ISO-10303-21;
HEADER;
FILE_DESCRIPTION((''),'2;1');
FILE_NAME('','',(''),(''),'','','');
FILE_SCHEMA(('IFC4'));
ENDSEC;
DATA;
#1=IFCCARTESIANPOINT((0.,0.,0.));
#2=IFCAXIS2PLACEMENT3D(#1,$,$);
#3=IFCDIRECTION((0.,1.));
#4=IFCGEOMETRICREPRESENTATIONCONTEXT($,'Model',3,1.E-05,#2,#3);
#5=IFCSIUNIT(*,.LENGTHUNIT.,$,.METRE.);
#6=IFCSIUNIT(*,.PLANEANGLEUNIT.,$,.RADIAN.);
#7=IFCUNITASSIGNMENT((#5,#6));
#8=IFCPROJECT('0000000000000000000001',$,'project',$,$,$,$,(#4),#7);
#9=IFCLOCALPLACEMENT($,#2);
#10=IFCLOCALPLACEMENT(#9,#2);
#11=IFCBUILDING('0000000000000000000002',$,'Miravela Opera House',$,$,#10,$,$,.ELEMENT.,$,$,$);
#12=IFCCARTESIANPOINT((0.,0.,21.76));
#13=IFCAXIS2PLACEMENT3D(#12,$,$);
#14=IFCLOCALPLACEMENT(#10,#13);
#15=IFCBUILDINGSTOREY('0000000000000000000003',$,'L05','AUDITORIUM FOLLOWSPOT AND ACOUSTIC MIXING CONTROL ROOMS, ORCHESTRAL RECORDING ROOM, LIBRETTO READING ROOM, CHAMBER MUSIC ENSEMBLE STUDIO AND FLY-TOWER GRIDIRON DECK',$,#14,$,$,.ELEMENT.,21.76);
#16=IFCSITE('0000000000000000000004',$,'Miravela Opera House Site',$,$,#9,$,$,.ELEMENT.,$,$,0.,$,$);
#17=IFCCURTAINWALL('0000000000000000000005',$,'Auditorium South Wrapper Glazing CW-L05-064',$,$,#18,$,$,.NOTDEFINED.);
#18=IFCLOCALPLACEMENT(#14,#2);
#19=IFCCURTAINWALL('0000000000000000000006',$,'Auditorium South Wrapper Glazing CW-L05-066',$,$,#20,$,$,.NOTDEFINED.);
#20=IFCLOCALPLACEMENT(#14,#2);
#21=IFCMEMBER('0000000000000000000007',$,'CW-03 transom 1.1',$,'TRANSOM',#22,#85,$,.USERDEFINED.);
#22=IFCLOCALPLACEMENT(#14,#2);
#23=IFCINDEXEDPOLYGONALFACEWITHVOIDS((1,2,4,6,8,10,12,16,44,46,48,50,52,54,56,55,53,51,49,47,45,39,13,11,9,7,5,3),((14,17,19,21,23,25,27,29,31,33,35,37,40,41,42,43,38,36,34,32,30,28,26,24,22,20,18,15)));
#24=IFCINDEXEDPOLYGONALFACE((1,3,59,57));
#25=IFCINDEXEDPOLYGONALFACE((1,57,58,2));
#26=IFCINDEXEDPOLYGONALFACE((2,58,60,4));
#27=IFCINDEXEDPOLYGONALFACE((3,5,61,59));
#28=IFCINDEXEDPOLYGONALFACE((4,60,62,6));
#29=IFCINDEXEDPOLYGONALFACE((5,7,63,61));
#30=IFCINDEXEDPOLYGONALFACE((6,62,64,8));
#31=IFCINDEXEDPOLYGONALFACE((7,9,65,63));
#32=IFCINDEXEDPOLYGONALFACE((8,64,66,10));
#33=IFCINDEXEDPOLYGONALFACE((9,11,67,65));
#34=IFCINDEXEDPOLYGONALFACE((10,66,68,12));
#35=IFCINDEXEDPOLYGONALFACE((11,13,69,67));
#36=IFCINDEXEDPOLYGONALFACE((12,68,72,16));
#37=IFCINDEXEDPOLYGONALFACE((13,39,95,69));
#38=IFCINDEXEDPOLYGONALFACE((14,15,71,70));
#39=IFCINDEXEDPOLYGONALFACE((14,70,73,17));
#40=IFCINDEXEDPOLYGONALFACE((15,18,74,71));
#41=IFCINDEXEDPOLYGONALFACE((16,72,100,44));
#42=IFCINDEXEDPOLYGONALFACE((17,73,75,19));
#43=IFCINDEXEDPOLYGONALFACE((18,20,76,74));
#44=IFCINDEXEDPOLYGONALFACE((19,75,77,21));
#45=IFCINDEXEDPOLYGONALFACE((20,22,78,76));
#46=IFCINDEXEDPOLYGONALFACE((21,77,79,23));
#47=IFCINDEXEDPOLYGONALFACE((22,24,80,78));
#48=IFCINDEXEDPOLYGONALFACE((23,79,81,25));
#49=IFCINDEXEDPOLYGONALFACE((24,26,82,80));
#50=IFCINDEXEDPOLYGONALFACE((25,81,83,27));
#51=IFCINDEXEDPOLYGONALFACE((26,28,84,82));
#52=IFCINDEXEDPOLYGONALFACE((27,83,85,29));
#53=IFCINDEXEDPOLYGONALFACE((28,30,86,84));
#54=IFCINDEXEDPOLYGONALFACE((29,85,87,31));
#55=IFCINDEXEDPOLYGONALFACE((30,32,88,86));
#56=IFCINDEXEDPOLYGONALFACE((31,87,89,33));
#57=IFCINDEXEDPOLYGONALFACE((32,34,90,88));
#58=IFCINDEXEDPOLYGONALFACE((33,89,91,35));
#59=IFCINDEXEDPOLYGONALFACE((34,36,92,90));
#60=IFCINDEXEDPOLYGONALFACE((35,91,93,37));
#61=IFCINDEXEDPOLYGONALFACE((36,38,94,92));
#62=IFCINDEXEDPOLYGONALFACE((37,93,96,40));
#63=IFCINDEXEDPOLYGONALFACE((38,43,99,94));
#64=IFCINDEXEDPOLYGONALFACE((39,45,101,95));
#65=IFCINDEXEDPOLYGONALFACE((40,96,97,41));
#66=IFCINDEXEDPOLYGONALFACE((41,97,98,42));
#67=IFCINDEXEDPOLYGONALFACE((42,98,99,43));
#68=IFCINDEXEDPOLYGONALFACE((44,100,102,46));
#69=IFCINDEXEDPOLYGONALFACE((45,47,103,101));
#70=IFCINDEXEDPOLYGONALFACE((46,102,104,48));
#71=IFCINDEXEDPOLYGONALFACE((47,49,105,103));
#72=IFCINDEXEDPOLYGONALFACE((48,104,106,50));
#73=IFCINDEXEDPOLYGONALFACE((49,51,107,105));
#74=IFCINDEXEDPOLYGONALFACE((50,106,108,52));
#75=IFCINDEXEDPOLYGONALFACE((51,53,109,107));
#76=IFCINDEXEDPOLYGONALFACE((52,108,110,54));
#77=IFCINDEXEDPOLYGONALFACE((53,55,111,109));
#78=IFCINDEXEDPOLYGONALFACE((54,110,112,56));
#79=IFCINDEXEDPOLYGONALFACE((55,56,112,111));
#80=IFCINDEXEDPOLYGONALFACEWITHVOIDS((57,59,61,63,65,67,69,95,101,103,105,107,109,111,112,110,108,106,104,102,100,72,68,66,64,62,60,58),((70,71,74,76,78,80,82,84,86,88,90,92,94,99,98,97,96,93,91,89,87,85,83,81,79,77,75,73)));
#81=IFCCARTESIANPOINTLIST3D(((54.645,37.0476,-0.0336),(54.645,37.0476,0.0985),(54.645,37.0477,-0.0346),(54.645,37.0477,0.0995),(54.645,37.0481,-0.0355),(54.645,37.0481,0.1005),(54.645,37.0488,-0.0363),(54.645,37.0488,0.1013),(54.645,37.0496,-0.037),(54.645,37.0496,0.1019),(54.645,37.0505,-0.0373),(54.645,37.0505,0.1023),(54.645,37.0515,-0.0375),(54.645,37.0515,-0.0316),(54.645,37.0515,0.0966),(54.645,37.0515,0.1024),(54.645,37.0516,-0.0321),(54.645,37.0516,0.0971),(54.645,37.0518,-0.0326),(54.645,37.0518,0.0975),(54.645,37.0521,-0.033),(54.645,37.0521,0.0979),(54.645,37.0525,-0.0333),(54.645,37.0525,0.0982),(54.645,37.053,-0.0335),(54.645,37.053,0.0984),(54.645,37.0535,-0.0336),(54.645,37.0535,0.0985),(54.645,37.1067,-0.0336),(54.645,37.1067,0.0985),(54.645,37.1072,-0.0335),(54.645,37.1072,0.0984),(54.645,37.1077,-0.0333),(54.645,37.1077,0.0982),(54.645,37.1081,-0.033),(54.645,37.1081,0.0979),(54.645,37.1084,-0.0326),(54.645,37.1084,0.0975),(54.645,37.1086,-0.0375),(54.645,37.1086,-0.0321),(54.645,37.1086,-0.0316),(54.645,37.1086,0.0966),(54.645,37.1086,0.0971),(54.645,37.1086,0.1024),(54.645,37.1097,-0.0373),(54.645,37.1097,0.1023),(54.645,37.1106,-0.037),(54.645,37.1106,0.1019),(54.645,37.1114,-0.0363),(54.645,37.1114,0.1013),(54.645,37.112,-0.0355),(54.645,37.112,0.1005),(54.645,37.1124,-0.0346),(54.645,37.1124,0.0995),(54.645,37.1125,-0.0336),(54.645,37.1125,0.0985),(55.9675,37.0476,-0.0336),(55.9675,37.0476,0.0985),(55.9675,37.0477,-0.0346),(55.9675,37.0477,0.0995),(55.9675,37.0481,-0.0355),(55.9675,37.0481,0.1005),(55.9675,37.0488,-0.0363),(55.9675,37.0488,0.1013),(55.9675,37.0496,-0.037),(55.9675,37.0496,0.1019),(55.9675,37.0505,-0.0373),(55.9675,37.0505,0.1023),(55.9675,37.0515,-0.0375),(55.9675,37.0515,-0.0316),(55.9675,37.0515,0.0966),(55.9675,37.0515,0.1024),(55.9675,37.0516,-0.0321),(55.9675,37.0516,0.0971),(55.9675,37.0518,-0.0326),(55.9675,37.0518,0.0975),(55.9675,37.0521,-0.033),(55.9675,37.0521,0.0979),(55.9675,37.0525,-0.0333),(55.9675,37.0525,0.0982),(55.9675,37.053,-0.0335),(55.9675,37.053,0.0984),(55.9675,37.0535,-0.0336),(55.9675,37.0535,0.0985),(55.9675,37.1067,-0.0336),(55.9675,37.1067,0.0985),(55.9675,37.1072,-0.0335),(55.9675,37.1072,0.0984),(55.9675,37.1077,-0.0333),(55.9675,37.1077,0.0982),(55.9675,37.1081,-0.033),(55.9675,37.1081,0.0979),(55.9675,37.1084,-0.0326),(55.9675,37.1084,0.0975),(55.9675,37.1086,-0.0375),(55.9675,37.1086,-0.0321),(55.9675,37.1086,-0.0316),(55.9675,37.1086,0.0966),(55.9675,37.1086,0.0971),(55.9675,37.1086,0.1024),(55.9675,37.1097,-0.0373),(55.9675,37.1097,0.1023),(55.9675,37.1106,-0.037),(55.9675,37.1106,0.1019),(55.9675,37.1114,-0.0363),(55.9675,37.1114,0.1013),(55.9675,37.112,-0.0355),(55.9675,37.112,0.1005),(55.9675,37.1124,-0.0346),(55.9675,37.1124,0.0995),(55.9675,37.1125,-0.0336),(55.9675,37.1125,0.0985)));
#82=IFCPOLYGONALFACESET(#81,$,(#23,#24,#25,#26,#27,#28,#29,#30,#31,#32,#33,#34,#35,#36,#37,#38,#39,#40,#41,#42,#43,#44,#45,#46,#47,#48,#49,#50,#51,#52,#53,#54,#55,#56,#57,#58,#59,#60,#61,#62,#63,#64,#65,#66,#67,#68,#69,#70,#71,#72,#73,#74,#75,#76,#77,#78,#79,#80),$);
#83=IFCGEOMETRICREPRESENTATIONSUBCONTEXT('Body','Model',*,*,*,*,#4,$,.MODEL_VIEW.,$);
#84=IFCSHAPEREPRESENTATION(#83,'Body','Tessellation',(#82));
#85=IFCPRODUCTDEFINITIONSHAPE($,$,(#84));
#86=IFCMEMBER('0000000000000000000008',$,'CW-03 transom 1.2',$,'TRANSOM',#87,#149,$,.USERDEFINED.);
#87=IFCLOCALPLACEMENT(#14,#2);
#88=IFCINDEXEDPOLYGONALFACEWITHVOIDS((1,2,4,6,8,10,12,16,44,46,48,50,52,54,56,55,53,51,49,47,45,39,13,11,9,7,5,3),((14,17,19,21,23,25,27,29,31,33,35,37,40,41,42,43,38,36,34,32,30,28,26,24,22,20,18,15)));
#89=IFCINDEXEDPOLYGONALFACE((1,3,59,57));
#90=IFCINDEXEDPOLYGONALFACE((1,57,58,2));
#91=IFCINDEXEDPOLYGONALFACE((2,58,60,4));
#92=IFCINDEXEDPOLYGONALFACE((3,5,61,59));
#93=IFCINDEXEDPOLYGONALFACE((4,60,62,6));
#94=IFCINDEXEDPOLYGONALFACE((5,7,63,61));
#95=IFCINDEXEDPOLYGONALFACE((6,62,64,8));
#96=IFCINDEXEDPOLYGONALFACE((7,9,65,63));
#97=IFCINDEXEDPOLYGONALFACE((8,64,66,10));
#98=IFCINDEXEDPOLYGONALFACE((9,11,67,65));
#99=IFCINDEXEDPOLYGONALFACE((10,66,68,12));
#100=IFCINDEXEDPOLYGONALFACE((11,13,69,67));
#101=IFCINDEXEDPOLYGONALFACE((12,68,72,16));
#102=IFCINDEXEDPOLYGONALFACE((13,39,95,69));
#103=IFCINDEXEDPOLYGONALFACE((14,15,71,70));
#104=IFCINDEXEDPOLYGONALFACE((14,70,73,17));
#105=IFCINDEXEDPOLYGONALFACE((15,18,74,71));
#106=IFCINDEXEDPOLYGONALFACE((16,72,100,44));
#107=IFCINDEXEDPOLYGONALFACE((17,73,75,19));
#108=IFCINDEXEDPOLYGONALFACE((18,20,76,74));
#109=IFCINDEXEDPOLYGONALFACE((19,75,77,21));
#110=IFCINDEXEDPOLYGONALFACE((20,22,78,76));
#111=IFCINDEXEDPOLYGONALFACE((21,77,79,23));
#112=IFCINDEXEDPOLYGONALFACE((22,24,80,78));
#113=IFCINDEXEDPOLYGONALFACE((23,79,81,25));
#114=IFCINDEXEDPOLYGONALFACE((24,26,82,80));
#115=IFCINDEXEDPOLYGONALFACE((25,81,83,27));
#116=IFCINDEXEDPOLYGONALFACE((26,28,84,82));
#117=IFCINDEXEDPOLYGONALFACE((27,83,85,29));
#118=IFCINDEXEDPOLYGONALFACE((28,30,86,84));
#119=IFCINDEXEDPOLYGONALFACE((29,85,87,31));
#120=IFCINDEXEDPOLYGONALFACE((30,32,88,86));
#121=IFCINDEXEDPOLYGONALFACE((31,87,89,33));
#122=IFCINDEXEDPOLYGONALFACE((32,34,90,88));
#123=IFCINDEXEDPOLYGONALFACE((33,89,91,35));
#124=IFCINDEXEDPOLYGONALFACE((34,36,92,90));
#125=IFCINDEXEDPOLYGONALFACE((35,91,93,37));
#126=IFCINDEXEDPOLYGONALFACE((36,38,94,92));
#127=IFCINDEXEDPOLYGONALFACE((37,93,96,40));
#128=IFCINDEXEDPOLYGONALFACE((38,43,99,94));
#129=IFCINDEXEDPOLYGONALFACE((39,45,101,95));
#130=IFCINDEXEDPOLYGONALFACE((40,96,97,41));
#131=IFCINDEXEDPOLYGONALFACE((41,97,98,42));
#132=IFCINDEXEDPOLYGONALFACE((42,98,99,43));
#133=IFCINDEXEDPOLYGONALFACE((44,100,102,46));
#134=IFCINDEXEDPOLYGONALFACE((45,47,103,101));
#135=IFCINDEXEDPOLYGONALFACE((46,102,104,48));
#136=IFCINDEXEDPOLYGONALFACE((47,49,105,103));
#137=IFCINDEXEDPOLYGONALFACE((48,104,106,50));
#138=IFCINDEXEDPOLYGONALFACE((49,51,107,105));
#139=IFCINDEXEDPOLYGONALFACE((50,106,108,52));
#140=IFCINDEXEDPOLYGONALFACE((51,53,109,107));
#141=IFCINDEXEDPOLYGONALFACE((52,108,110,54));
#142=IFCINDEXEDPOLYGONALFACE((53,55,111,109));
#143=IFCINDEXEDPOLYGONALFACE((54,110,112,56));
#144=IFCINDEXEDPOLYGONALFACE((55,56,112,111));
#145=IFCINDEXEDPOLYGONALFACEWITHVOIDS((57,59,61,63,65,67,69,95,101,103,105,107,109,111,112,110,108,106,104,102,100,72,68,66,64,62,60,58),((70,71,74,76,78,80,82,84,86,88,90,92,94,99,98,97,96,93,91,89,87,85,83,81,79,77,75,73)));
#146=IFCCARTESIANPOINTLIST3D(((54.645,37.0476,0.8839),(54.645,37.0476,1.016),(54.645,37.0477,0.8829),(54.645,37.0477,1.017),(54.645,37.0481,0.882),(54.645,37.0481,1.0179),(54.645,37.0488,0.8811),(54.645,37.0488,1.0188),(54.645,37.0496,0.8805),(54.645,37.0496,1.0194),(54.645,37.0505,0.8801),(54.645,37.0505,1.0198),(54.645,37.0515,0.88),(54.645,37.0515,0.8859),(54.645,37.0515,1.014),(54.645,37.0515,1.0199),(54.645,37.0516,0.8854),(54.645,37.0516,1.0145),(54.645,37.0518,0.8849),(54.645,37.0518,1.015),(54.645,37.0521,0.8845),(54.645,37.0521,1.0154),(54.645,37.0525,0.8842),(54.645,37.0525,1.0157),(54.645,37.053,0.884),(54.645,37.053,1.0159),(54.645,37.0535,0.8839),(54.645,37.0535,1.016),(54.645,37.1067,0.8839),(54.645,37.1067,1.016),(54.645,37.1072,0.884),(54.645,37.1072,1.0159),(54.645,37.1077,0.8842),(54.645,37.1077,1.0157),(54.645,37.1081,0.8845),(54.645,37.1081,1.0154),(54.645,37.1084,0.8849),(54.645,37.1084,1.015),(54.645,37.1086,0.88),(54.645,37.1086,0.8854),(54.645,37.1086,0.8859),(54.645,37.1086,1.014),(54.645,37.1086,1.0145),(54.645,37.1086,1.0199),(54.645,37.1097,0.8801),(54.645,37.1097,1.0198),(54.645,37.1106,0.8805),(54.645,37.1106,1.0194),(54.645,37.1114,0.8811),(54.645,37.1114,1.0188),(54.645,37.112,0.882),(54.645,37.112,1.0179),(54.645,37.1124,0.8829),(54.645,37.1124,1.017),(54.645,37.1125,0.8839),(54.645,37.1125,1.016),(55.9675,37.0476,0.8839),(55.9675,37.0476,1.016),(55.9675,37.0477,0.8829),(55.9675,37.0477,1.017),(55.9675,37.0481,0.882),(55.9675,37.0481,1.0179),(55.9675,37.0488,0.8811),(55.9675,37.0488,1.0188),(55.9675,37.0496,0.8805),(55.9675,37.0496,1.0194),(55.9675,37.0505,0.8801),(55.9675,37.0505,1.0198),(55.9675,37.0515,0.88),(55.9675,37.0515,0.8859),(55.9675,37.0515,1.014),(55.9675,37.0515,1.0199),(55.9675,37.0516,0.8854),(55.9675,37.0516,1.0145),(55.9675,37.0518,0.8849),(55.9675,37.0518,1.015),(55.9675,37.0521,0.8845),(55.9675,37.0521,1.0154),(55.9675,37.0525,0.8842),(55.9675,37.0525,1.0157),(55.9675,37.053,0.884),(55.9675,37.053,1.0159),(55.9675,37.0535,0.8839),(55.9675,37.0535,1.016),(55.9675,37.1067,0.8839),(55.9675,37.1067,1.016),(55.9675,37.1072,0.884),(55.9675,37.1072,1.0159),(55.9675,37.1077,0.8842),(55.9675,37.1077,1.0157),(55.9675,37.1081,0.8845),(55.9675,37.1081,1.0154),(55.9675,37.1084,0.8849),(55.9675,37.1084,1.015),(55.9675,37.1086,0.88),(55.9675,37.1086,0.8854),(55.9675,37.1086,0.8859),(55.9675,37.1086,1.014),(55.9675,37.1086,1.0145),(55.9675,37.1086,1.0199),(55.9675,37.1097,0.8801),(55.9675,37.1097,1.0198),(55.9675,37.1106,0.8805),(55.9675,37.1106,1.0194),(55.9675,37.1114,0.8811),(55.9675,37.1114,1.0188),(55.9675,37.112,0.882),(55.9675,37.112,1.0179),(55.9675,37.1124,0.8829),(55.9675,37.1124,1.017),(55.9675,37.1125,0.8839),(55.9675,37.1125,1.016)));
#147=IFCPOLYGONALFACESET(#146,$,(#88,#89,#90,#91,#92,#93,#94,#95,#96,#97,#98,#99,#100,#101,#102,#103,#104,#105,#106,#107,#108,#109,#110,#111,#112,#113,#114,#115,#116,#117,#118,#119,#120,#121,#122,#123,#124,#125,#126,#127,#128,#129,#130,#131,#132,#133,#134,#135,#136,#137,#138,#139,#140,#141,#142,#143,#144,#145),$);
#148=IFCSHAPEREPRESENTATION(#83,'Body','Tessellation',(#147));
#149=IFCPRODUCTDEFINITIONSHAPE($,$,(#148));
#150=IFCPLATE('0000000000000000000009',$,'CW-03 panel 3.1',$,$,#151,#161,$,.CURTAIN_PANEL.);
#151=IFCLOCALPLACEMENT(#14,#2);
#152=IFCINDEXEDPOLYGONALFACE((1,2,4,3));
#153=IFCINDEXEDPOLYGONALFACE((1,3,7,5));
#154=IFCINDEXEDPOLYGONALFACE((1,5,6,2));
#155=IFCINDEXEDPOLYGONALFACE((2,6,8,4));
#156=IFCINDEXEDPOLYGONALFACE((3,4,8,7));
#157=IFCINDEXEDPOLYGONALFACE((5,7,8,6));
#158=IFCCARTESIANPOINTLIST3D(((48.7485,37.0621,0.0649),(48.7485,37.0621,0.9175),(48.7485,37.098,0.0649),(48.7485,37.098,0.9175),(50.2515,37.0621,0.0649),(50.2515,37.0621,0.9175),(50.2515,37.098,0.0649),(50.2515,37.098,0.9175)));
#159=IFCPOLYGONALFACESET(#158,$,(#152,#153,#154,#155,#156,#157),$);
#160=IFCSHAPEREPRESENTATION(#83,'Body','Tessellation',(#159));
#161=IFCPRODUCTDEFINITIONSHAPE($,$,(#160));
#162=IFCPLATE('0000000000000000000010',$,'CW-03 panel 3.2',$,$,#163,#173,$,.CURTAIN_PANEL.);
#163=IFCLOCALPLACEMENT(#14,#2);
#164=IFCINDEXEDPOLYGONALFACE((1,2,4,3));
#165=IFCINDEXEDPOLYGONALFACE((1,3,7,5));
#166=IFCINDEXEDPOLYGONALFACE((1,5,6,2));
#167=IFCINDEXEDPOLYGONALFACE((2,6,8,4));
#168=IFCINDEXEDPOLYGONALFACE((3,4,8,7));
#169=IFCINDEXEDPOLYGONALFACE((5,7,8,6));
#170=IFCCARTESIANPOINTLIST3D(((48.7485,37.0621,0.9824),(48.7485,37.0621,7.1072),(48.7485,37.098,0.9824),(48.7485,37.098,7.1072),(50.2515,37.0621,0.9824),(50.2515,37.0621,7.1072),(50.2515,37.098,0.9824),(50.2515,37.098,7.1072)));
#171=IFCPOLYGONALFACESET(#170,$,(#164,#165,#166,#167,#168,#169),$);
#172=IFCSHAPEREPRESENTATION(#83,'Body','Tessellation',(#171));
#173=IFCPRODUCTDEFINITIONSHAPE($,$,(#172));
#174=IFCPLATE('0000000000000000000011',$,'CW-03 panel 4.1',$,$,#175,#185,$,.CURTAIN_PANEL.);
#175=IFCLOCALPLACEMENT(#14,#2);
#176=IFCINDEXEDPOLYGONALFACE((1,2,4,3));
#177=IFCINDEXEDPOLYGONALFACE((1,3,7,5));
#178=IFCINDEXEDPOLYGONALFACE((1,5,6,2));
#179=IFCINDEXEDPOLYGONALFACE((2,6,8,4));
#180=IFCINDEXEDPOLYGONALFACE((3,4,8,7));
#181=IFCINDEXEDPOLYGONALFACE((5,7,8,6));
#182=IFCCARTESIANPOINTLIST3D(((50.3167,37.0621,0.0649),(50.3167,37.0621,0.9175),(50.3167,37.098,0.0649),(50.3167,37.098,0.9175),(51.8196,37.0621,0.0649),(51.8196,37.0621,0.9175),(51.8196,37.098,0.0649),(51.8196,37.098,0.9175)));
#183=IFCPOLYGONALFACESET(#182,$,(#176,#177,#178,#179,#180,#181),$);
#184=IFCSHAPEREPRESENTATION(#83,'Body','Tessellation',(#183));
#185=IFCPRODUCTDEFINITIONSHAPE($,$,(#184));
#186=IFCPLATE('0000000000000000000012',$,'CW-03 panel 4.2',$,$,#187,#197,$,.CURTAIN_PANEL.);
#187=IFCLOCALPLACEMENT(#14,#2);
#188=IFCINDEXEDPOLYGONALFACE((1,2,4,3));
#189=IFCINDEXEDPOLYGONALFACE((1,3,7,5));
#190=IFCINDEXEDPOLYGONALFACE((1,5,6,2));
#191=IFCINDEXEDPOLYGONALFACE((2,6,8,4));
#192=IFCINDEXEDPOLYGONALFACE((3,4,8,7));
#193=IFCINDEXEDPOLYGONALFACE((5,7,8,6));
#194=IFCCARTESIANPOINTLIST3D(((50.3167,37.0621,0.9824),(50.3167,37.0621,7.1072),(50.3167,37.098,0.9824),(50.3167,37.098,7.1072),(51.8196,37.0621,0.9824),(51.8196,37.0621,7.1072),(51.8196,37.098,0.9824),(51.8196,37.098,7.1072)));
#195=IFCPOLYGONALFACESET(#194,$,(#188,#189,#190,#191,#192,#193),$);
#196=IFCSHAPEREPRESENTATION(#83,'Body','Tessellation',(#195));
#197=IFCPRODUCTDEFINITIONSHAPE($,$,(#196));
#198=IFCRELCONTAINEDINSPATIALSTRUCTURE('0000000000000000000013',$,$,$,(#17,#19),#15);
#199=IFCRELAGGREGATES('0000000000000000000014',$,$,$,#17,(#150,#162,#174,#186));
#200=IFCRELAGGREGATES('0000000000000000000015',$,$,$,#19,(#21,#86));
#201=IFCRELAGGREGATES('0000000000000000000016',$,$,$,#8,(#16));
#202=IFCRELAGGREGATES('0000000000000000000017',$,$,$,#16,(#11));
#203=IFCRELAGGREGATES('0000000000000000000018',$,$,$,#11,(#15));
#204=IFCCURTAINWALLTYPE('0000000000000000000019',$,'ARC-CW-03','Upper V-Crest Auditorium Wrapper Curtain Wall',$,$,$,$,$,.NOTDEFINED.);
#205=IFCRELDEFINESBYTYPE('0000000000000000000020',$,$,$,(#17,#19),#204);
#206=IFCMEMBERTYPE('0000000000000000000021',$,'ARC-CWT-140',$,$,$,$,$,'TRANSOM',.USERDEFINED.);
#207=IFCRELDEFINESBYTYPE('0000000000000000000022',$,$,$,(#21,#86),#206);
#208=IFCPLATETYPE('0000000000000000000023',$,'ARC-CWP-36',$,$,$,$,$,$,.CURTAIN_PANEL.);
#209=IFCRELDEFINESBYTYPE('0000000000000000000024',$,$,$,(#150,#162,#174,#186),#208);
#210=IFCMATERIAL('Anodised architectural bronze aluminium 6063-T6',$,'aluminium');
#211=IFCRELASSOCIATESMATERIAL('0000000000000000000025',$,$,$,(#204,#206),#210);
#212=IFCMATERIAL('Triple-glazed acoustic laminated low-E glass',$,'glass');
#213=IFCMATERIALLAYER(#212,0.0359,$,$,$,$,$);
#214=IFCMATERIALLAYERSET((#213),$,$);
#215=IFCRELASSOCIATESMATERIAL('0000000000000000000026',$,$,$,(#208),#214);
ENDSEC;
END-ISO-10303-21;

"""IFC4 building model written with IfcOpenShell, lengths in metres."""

from ifc_helpers import new_model, si_unit, direction, frame, origin, origin_2d, place, context, subcontext, project, spatial, rectangle, hollow_rectangle, extrude, material, layer, layer_set, material_profile, profile_set, type_object, element, aggregate, save


model = new_model("IFC4")

# Units and contexts
model_context = context("Model", 3, precision=1e-05, world=origin(), true_north=direction((0.0, 1.0)))
body_context = subcontext(model_context, "Body", "Model", "MODEL_VIEW")
ifc_project = project(units=[si_unit("LENGTHUNIT", "METRE"), si_unit("PLANEANGLEUNIT", "RADIAN")], contexts=[model_context])

# Site, building, storey
site_placement = place(None, origin())
site = spatial("IfcSite", under=ifc_project, at=site_placement, Name="Miravela Opera House Site", CompositionType="ELEMENT", RefElevation=0.0)
building_placement = place(site_placement, origin())
building = spatial("IfcBuilding", under=site, at=building_placement, Name="Miravela Opera House", CompositionType="ELEMENT")
storey_placement = place(building_placement, frame((0.0, 0.0, 21.76)))
storey = spatial("IfcBuildingStorey", under=building, at=storey_placement, Name="L05", Description="AUDITORIUM FOLLOWSPOT AND ACOUSTIC MIXING CONTROL ROOMS, ORCHESTRAL RECORDING ROOM, LIBRETTO READING ROOM, CHAMBER MUSIC ENSEMBLE STUDIO AND FLY-TOWER GRIDIRON DECK", CompositionType="ELEMENT", Elevation=21.76)

# Curtain wall
ifc_material_1 = material(Name="Anodised architectural bronze aluminium 6063-T6", Category="aluminium")
curtain_wall_type = type_object("IfcCurtainWallType", Name="ARC-CW-03", Description="Upper V-Crest Auditorium Wrapper Curtain Wall", PredefinedType="NOTDEFINED", material=ifc_material_1)
curtain_wall_1_placement = place(storey_placement, origin())
curtain_wall_1 = element("IfcCurtainWall", 1, at=curtain_wall_1_placement, inside=storey, type_object=curtain_wall_type, Name="Auditorium South Wrapper Glazing CW-L05-064", PredefinedType="NOTDEFINED")

# Curtain wall
curtain_wall_2_placement = place(storey_placement, origin())
curtain_wall_2 = element("IfcCurtainWall", 2, at=curtain_wall_2_placement, inside=storey, type_object=curtain_wall_type, Name="Auditorium South Wrapper Glazing CW-L05-066", PredefinedType="NOTDEFINED")

# Members
ifc_material_profile_1 = material_profile(ifc_material_1, hollow_rectangle(XDim=0.0649, YDim=0.1399, WallThickness=0.0039, InnerFilletRadius=0.002, OuterFilletRadius=0.0039, at=origin_2d()), Name="CWT-65X140")
ifc_profile_set_1 = profile_set([ifc_material_profile_1])
member_type_1 = type_object("IfcMemberType", Name="ARC-CWT-140", ElementType="TRANSOM", PredefinedType="USERDEFINED", material=ifc_profile_set_1)
member_1_placement = place(storey_placement, frame((54.645, 37.0801, 0.0325), z_axis=(1.0, 0.0, 0.0), x_axis=(0.0, 1.0, 0.0)))
member_1 = element("IfcMember", 3, at=member_1_placement, type_object=member_type_1, Name="CW-03 transom 1.1", ObjectType="TRANSOM", PredefinedType="USERDEFINED", context=body_context, shape_type="SweptSolid", body=[
    extrude(hollow_rectangle(XDim=0.0649, YDim=0.1399, WallThickness=0.0039, InnerFilletRadius=0.002, OuterFilletRadius=0.0039, at=origin_2d()), origin(), (0.0, 0.0, 1.0), 1.3225),
])
member_2_placement = place(storey_placement, frame((54.645, 37.0801, 0.95), z_axis=(1.0, 0.0, 0.0), x_axis=(0.0, 1.0, 0.0)))
member_2 = element("IfcMember", 4, at=member_2_placement, type_object=member_type_1, Name="CW-03 transom 1.2", ObjectType="TRANSOM", PredefinedType="USERDEFINED", context=body_context, shape_type="SweptSolid", body=[
    extrude(hollow_rectangle(XDim=0.0649, YDim=0.1399, WallThickness=0.0039, InnerFilletRadius=0.002, OuterFilletRadius=0.0039, at=origin_2d()), origin(), (0.0, 0.0, 1.0), 1.3225),
])

# Plates
ifc_material_2 = material(Name="Triple-glazed acoustic laminated low-E glass", Category="glass")
ifc_layer_1 = layer(ifc_material_2, 0.0359)
ifc_layer_set_1 = layer_set([ifc_layer_1])
plate_type = type_object("IfcPlateType", Name="ARC-CWP-36", PredefinedType="CURTAIN_PANEL", material=ifc_layer_set_1)
plate_1_placement = place(storey_placement, frame((49.5, 37.0801, 0.0649), z_axis=(0.0, 0.0, 1.0), x_axis=(1.0, 0.0, 0.0)))
plate_1 = element("IfcPlate", 5, at=plate_1_placement, type_object=plate_type, Name="CW-03 panel 3.1", PredefinedType="CURTAIN_PANEL", context=body_context, shape_type="SweptSolid", body=[
    extrude(rectangle(XDim=1.5029, YDim=0.0359, at=origin_2d()), origin(), (0.0, 0.0, 1.0), 0.8525),
])
plate_2_placement = place(storey_placement, frame((49.5, 37.0801, 0.9824), z_axis=(0.0, 0.0, 1.0), x_axis=(1.0, 0.0, 0.0)))
plate_2 = element("IfcPlate", 6, at=plate_2_placement, type_object=plate_type, Name="CW-03 panel 3.2", PredefinedType="CURTAIN_PANEL", context=body_context, shape_type="SweptSolid", body=[
    extrude(rectangle(XDim=1.5029, YDim=0.0359, at=origin_2d()), origin(), (0.0, 0.0, 1.0), 6.1248),
])
plate_3_placement = place(storey_placement, frame((51.0681, 37.0801, 0.0649), z_axis=(0.0, 0.0, 1.0), x_axis=(1.0, 0.0, 0.0)))
plate_3 = element("IfcPlate", 7, at=plate_3_placement, type_object=plate_type, Name="CW-03 panel 4.1", PredefinedType="CURTAIN_PANEL", context=body_context, shape_type="SweptSolid", body=[
    extrude(rectangle(XDim=1.5029, YDim=0.0359, at=origin_2d()), origin(), (0.0, 0.0, 1.0), 0.8525),
])
plate_4_placement = place(storey_placement, frame((51.0681, 37.0801, 0.9824), z_axis=(0.0, 0.0, 1.0), x_axis=(1.0, 0.0, 0.0)))
plate_4 = element("IfcPlate", 8, at=plate_4_placement, type_object=plate_type, Name="CW-03 panel 4.2", PredefinedType="CURTAIN_PANEL", context=body_context, shape_type="SweptSolid", body=[
    extrude(rectangle(XDim=1.5029, YDim=0.0359, at=origin_2d()), origin(), (0.0, 0.0, 1.0), 6.1248),
])
aggregate(curtain_wall_1, [plate_1, plate_2, plate_3, plate_4])
aggregate(curtain_wall_2, [member_1, member_2])

save(model, "model.ifc")
